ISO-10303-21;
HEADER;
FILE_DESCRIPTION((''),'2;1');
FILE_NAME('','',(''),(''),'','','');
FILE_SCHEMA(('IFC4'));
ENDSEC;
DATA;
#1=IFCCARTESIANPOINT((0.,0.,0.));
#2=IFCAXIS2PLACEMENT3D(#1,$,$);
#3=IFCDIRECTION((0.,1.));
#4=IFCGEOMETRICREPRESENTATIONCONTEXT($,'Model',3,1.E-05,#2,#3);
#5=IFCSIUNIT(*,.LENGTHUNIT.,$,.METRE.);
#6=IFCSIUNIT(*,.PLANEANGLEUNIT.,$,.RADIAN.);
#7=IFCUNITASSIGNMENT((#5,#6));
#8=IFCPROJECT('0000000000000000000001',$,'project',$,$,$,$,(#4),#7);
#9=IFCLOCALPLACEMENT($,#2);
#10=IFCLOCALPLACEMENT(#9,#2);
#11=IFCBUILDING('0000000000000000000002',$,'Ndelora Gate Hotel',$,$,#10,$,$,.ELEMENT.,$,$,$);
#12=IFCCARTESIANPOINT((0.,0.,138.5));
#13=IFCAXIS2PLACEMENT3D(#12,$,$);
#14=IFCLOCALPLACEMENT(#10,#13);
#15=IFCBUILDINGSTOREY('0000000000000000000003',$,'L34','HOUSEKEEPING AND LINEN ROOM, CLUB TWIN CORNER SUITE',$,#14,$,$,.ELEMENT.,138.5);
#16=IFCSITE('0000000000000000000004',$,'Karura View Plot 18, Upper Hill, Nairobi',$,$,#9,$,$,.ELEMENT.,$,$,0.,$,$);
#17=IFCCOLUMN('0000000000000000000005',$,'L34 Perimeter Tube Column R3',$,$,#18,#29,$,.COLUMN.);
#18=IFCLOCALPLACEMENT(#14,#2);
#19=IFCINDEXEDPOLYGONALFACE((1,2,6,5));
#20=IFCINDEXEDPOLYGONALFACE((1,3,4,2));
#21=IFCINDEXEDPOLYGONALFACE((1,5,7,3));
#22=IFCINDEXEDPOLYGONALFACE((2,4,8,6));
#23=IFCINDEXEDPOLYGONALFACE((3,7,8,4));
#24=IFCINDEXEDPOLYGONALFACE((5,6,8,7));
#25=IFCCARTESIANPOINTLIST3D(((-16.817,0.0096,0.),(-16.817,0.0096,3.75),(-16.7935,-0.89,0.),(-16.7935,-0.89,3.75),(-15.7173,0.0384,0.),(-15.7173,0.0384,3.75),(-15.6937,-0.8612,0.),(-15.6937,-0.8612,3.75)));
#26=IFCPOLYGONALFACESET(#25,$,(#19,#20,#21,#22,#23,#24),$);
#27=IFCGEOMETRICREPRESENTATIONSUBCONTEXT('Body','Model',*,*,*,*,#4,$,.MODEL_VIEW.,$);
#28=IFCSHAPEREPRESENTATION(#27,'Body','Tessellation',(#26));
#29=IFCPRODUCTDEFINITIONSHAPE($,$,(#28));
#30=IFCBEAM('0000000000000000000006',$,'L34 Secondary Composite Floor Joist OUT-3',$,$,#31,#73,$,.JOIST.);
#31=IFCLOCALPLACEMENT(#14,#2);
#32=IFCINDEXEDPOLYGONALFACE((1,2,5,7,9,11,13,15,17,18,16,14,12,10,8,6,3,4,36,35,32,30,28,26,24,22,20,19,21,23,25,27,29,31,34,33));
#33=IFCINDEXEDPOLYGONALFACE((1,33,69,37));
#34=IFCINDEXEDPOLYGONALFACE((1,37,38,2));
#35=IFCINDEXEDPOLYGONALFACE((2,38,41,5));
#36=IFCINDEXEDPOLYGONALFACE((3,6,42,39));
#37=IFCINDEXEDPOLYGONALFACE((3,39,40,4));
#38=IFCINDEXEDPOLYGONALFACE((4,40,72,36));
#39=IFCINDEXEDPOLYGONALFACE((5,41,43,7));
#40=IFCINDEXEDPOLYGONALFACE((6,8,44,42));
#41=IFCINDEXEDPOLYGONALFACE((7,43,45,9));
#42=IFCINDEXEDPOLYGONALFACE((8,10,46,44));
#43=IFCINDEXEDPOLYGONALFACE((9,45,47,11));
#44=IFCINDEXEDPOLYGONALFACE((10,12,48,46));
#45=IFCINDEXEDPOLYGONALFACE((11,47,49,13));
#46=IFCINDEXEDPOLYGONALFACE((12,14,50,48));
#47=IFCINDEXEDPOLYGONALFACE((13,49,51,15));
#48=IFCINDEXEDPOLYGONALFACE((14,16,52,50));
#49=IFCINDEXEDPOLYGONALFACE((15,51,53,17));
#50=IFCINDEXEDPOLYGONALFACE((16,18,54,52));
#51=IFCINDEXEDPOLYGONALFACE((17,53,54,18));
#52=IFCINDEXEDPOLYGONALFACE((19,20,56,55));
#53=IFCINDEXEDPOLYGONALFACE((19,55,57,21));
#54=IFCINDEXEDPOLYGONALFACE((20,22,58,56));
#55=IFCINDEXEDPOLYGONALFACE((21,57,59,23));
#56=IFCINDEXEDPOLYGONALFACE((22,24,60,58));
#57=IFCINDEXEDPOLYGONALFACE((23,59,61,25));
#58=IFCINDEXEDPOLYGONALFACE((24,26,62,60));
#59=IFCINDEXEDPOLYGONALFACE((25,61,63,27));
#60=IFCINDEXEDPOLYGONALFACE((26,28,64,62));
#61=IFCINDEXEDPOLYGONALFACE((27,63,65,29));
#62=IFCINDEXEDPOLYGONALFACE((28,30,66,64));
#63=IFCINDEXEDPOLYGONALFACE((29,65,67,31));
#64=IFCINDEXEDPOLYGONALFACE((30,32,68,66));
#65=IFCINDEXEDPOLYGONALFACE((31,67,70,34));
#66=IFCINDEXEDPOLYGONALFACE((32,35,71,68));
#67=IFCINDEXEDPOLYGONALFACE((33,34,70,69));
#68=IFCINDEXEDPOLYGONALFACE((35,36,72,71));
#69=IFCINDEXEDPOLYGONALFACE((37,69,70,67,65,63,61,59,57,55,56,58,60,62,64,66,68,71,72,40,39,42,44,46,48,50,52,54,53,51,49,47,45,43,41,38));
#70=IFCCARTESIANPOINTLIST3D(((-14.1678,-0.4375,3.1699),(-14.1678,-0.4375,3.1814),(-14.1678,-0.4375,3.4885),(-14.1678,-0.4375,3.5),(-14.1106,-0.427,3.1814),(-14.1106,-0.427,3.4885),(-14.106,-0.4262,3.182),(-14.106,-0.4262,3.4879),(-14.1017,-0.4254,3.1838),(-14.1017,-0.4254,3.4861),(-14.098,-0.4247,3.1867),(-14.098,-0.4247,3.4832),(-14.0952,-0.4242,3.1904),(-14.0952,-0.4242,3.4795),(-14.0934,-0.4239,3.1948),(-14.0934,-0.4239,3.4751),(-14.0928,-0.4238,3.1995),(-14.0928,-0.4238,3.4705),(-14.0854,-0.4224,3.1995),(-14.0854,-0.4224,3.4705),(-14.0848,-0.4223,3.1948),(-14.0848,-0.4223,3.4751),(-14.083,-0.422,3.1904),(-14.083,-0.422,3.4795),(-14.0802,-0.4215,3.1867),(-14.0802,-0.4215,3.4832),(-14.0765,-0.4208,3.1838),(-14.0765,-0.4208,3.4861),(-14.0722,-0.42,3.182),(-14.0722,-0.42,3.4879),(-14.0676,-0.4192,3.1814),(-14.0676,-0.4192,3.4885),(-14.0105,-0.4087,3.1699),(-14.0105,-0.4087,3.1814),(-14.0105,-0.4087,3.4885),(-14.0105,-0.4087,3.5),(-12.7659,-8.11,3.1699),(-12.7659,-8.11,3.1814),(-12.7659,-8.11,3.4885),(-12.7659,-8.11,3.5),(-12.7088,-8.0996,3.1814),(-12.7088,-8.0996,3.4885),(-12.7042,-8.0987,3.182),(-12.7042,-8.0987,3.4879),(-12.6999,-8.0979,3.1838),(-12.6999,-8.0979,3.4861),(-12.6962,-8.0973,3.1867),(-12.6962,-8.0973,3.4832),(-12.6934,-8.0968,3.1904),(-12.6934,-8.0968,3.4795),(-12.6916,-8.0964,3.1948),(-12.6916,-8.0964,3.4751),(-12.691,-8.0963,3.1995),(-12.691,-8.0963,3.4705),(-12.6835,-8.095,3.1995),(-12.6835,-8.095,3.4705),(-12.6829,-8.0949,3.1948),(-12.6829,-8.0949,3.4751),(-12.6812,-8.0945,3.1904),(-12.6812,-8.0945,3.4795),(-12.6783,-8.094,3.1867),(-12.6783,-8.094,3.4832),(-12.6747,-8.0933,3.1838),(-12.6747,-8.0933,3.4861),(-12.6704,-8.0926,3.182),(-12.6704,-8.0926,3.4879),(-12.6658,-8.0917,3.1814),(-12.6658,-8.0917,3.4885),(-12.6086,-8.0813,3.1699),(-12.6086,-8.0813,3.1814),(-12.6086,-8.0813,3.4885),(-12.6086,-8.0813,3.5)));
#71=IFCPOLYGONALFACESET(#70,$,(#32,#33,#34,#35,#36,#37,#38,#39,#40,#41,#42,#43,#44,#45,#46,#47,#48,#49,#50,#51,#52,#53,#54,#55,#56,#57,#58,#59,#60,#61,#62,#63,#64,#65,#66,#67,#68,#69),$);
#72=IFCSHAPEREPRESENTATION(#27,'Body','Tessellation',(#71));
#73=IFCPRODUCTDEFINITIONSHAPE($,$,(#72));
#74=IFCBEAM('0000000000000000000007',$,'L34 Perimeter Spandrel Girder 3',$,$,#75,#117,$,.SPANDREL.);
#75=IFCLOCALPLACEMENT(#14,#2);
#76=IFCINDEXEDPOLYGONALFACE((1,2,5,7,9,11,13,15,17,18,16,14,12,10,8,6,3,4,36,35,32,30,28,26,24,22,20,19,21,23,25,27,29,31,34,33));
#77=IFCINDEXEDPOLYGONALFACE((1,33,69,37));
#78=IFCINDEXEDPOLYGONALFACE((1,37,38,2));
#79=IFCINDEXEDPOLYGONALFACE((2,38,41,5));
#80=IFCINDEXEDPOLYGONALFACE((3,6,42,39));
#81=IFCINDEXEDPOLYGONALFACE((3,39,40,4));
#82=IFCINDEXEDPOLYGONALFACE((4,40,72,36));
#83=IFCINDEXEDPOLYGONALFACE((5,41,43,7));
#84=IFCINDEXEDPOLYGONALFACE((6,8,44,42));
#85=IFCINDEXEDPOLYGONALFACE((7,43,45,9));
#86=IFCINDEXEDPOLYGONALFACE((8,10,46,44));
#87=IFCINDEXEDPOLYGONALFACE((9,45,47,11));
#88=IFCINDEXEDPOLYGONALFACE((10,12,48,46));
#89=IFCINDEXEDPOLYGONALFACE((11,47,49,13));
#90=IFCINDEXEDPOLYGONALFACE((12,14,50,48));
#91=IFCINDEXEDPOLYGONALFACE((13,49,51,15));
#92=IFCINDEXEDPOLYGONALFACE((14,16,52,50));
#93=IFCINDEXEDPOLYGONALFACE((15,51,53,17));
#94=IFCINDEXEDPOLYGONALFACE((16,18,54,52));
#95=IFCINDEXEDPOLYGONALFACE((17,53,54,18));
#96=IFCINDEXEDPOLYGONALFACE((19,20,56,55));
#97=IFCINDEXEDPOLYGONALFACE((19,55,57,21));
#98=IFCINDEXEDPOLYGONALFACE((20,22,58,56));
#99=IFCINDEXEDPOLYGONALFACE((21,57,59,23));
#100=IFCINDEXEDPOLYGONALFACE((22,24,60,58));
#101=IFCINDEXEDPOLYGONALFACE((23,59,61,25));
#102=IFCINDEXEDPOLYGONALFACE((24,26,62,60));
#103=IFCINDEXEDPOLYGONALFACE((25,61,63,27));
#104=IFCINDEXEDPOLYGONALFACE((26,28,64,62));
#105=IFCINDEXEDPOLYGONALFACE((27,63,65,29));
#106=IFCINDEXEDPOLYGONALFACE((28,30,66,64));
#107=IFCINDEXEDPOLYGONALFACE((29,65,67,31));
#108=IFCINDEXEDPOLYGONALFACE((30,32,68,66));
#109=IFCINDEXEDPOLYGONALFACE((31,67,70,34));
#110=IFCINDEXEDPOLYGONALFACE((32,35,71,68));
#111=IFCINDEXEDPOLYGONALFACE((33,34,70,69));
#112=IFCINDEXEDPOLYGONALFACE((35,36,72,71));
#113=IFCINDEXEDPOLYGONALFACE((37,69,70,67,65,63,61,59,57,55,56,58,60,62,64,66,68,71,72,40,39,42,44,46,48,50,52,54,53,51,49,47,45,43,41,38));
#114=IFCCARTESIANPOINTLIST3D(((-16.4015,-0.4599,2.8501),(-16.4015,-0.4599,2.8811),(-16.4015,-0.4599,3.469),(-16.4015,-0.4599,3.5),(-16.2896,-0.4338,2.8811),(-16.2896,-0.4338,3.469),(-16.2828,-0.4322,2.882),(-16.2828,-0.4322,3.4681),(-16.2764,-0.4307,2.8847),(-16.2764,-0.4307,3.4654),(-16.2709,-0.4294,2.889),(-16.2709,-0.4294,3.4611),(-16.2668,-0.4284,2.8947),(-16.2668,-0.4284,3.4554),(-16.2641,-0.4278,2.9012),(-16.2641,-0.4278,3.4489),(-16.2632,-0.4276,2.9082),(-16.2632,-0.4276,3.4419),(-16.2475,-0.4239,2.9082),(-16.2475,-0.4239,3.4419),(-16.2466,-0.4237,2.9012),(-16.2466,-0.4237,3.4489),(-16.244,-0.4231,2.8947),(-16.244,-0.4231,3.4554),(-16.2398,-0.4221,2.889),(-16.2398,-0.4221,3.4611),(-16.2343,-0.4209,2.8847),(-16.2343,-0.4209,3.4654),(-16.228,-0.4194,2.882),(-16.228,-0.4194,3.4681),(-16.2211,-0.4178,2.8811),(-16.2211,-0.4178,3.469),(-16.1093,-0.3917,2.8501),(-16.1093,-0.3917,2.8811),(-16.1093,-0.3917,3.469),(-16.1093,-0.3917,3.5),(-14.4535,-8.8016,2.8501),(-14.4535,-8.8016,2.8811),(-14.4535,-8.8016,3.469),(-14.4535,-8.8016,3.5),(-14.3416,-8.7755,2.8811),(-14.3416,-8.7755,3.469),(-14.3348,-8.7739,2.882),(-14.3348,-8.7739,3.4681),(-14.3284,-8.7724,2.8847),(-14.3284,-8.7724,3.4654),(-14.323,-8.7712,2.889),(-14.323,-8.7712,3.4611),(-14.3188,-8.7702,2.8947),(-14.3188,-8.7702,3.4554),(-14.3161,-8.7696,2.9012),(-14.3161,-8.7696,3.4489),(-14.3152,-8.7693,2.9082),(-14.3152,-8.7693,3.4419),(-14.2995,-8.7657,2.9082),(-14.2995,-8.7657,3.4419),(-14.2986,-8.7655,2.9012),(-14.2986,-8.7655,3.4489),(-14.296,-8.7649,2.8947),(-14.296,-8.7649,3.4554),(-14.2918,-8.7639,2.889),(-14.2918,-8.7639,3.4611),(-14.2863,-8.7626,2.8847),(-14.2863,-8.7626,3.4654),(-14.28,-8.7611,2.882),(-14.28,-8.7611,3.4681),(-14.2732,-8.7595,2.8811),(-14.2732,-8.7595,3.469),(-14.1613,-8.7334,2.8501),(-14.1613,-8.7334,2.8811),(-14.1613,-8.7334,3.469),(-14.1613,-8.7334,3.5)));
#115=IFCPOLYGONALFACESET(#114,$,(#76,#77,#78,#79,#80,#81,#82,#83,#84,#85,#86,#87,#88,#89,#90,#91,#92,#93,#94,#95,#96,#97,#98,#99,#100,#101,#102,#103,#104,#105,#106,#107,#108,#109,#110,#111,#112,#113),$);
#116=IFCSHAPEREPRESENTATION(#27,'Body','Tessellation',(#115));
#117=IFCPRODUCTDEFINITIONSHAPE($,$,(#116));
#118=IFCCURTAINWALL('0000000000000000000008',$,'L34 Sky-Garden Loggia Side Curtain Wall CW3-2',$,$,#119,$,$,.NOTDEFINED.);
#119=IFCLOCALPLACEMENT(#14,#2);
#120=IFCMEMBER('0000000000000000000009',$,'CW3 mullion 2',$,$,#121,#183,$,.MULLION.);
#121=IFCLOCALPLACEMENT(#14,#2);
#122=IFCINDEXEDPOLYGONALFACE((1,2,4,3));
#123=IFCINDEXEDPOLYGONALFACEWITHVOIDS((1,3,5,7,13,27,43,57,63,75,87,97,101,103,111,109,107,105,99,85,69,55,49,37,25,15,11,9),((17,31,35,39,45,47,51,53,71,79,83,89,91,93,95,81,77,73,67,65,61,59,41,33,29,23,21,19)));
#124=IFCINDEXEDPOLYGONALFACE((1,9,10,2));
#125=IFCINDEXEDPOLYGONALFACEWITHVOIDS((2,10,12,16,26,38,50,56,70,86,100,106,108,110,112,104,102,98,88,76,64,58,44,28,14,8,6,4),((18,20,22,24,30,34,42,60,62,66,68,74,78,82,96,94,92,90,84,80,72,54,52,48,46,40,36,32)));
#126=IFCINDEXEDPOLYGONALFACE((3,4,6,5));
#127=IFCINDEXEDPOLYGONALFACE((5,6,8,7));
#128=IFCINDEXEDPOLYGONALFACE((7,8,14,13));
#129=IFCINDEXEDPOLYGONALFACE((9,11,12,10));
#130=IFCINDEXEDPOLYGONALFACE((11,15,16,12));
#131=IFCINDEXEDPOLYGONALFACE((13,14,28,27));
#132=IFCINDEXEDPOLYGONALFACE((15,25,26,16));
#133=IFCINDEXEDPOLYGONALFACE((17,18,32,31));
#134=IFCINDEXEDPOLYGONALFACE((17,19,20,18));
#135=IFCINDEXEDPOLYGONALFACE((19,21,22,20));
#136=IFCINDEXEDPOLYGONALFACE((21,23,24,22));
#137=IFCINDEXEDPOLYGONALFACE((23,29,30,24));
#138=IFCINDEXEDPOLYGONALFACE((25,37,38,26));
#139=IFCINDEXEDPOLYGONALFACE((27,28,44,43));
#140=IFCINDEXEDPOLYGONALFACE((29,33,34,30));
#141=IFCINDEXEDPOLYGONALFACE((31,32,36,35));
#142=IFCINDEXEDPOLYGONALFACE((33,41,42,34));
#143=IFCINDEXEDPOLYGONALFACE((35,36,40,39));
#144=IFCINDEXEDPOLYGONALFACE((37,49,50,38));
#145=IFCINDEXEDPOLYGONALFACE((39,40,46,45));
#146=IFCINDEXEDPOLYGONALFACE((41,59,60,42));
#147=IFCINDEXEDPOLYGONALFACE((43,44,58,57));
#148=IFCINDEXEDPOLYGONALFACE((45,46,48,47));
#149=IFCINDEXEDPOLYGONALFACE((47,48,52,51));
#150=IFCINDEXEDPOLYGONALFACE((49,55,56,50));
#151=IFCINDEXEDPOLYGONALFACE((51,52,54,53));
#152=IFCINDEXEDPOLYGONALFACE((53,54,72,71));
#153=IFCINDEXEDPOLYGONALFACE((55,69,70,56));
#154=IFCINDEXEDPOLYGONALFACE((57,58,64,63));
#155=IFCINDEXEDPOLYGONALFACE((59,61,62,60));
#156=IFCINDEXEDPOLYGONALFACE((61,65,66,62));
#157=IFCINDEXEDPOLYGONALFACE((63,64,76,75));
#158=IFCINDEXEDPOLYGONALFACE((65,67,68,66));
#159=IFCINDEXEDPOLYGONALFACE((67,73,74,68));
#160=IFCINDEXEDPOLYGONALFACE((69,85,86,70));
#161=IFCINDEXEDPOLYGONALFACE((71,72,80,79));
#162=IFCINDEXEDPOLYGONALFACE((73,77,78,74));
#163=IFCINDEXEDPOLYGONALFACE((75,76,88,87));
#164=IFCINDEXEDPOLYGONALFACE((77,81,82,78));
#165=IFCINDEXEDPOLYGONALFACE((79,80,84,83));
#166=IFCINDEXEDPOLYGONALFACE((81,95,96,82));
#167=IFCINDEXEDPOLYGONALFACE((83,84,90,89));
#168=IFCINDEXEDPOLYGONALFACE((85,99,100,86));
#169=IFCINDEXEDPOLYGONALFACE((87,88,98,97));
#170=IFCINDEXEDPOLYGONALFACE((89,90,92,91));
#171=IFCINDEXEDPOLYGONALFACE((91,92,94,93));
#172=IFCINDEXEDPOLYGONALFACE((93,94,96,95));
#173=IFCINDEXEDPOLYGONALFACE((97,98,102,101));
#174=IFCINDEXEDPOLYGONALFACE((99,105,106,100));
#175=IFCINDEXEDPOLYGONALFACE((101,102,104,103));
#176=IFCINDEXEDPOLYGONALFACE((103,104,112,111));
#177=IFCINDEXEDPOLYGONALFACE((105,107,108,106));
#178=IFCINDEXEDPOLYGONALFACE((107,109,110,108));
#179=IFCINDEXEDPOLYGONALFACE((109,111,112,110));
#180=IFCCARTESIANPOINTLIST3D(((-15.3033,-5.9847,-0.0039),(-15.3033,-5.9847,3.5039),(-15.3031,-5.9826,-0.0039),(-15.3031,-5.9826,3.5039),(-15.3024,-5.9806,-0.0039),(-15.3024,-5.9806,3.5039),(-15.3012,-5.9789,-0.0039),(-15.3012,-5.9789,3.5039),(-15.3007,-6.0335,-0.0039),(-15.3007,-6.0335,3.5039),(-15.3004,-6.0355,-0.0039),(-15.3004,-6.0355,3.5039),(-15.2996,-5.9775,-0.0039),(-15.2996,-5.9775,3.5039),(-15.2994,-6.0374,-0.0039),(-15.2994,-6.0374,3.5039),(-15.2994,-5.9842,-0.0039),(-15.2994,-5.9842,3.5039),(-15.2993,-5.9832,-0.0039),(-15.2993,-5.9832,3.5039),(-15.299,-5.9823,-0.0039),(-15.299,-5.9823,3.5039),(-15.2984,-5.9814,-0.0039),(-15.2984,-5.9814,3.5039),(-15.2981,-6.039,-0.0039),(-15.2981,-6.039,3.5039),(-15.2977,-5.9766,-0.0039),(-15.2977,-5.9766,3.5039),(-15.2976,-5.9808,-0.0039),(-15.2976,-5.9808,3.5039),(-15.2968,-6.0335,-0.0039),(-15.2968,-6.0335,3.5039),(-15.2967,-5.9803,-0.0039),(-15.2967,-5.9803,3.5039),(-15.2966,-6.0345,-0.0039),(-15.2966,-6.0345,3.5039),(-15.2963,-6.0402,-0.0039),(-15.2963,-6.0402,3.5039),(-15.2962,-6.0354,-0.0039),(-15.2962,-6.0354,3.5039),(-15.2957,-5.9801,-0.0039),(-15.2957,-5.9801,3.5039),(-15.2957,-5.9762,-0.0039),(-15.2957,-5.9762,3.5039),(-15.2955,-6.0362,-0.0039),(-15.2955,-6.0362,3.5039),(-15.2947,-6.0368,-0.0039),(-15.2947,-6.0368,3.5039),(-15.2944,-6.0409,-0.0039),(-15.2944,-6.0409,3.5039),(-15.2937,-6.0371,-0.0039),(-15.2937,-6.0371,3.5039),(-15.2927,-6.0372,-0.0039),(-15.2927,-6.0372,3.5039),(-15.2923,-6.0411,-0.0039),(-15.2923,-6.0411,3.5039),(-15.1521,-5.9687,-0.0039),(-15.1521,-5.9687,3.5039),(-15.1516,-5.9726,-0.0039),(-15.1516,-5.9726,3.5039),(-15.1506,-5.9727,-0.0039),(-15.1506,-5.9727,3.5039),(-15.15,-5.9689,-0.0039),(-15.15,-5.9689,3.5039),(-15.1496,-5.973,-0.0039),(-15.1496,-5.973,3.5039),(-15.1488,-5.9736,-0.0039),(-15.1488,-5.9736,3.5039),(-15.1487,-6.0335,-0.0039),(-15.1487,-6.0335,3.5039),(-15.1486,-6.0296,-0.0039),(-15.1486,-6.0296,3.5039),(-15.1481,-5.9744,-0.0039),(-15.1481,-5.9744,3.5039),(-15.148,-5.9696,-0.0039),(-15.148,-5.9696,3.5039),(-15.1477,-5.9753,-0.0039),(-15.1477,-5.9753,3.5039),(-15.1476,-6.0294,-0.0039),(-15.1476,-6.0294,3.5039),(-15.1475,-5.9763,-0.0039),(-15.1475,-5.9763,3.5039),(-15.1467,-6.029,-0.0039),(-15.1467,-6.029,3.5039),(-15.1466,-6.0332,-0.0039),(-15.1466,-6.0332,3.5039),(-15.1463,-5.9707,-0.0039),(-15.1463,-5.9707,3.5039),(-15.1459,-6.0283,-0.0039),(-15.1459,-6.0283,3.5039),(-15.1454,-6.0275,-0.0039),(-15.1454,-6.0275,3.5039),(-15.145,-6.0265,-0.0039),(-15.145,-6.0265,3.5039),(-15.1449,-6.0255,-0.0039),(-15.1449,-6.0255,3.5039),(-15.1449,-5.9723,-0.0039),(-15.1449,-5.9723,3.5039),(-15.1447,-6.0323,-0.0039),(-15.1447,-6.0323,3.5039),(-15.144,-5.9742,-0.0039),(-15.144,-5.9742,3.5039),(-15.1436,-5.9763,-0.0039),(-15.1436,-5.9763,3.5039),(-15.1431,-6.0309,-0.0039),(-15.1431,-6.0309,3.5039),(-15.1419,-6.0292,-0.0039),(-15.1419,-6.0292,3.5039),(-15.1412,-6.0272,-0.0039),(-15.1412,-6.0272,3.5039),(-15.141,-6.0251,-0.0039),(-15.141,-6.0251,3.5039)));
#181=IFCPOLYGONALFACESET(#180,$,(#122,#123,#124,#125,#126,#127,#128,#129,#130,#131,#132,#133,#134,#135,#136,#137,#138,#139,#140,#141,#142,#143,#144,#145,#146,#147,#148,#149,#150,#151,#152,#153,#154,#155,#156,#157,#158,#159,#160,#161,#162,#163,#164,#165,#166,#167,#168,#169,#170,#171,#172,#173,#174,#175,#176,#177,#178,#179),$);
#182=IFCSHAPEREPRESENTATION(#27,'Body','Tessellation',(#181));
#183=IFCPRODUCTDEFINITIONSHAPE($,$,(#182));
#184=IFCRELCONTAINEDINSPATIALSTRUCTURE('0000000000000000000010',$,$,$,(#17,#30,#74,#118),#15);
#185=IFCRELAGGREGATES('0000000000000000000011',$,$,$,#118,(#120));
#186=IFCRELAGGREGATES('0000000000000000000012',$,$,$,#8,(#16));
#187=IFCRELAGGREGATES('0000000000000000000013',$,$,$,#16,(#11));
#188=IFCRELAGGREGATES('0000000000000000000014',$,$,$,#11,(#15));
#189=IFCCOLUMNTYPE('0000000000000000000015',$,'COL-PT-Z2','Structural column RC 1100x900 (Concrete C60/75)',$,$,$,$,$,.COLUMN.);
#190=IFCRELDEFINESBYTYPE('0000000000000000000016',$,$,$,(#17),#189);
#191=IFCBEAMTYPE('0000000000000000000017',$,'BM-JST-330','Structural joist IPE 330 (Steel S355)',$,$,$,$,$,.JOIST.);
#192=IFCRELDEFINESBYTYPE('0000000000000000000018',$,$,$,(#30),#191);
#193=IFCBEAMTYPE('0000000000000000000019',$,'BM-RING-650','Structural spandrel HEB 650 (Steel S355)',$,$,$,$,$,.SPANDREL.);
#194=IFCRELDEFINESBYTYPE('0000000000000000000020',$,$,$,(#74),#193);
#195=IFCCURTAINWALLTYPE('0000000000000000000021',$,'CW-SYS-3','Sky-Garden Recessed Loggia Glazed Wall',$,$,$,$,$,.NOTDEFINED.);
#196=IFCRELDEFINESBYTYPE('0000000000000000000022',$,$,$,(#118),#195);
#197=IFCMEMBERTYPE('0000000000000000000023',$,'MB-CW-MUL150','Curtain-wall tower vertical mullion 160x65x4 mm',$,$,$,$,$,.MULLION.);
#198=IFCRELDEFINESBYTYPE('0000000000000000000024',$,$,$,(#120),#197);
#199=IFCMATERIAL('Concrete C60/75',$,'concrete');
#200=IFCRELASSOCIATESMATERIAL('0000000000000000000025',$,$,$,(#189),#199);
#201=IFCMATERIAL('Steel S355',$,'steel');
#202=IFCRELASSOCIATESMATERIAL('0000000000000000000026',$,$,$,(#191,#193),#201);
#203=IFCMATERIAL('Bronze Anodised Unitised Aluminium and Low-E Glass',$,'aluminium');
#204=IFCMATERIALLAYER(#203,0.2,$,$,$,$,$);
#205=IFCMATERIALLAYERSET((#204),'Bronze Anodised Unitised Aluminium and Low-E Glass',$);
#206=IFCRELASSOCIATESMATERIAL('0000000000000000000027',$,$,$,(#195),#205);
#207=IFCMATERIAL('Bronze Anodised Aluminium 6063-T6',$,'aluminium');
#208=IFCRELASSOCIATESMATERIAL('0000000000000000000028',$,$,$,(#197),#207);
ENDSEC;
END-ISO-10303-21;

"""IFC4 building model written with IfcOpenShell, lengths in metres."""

from ifc_helpers import new_model, si_unit, direction, frame, origin, origin_2d, place, context, subcontext, project, spatial, rectangle, hollow_rectangle, i_section, extrude, material, layer, layer_set, material_profile, profile_set, type_object, element, aggregate, save


model = new_model("IFC4")

# Units and contexts
model_context = context("Model", 3, precision=1e-05, world=origin(), true_north=direction((0.0, 1.0)))
body_context = subcontext(model_context, "Body", "Model", "MODEL_VIEW")
ifc_project = project(units=[si_unit("LENGTHUNIT", "METRE"), si_unit("PLANEANGLEUNIT", "RADIAN")], contexts=[model_context])

# Site, building, storey
site_placement = place(None, origin())
site = spatial("IfcSite", under=ifc_project, at=site_placement, Name="Karura View Plot 18, Upper Hill, Nairobi", CompositionType="ELEMENT", RefElevation=0.0)
building_placement = place(site_placement, origin())
building = spatial("IfcBuilding", under=site, at=building_placement, Name="Ndelora Gate Hotel", CompositionType="ELEMENT")
storey_placement = place(building_placement, frame((0.0, 0.0, 138.5)))
storey = spatial("IfcBuildingStorey", under=building, at=storey_placement, Name="L34", Description="HOUSEKEEPING AND LINEN ROOM, CLUB TWIN CORNER SUITE", CompositionType="ELEMENT", Elevation=138.5)

# Column
ifc_material_1 = material(Name="Concrete C60/75", Category="concrete")
ifc_material_profile_1 = material_profile(ifc_material_1, rectangle(XDim=0.8999, YDim=1.1001, at=origin_2d()), Name="RC 1100x900")
ifc_profile_set_1 = profile_set([ifc_material_profile_1], Name="Concrete C60/75")
column_type = type_object("IfcColumnType", Name="COL-PT-Z2", Description="Structural column RC 1100x900 (Concrete C60/75)", PredefinedType="COLUMN", material=ifc_profile_set_1)
column_placement = place(storey_placement, frame((-16.2554, -0.4258, 0.0), z_axis=(0.0, 0.0, 1.0), x_axis=(-0.026177, 0.999657, 0.0)))
element("IfcColumn", 1, at=column_placement, inside=storey, type_object=column_type, Name="L34 Perimeter Tube Column R3", PredefinedType="COLUMN", context=body_context, shape_type="SweptSolid", body=[
    extrude(rectangle(XDim=0.8999, YDim=1.1001, at=origin_2d()), origin(), (0.0, 0.0, 1.0), 3.75),
])

# Beams
ifc_material_2 = material(Name="Steel S355", Category="steel")
ifc_material_profile_2 = material_profile(ifc_material_2, i_section(OverallWidth=0.1599, OverallDepth=0.3301, WebThickness=0.0076, FlangeThickness=0.0115, FilletRadius=0.0181, at=origin_2d()), Name="IPE 330")
ifc_profile_set_2 = profile_set([ifc_material_profile_2], Name="Steel S355")
beam_type_1 = type_object("IfcBeamType", Name="BM-JST-330", Description="Structural joist IPE 330 (Steel S355)", PredefinedType="JOIST", material=ifc_profile_set_2)
beam_1_placement = place(storey_placement, frame((-14.0891, -0.4231, 3.335), z_axis=(0.179734, -0.983715, 0.0), x_axis=(0.983715, 0.179734, 0.0)))
element("IfcBeam", 2, at=beam_1_placement, inside=storey, type_object=beam_type_1, Name="L34 Secondary Composite Floor Joist OUT-3", PredefinedType="JOIST", context=body_context, shape_type="SweptSolid", body=[
    extrude(i_section(OverallWidth=0.1599, OverallDepth=0.3301, WebThickness=0.0076, FlangeThickness=0.0115, FilletRadius=0.0181, at=origin_2d()), origin(), (0.0, 0.0, 1.0), 7.7996),
])
ifc_material_profile_3 = material_profile(ifc_material_2, i_section(OverallWidth=0.3, OverallDepth=0.6499, WebThickness=0.0161, FlangeThickness=0.031, FilletRadius=0.0271, at=origin_2d()), Name="HEB 650")
ifc_profile_set_3 = profile_set([ifc_material_profile_3], Name="Steel S355")
beam_type_2 = type_object("IfcBeamType", Name="BM-RING-650", Description="Structural spandrel HEB 650 (Steel S355)", PredefinedType="SPANDREL", material=ifc_profile_set_3)
beam_2_placement = place(storey_placement, frame((-16.2554, -0.4258, 3.175), z_axis=(0.227404, -0.9738, 0.0), x_axis=(0.9738, 0.227404, 0.0)))
element("IfcBeam", 3, at=beam_2_placement, inside=storey, type_object=beam_type_2, Name="L34 Perimeter Spandrel Girder 3", PredefinedType="SPANDREL", context=body_context, shape_type="SweptSolid", body=[
    extrude(i_section(OverallWidth=0.3, OverallDepth=0.6499, WebThickness=0.0161, FlangeThickness=0.031, FilletRadius=0.0271, at=origin_2d()), origin(), (0.0, 0.0, 1.0), 8.5662),
])

# Curtain wall, member
ifc_material_3 = material(Name="Bronze Anodised Unitised Aluminium and Low-E Glass", Category="aluminium")
ifc_layer_1 = layer(ifc_material_3, 0.2)
ifc_layer_set_1 = layer_set([ifc_layer_1], Name="Bronze Anodised Unitised Aluminium and Low-E Glass")
curtain_wall_type = type_object("IfcCurtainWallType", Name="CW-SYS-3", Description="Sky-Garden Recessed Loggia Glazed Wall", PredefinedType="NOTDEFINED", material=ifc_layer_set_1)
curtain_wall_placement = place(storey_placement, origin())
curtain_wall = element("IfcCurtainWall", 4, at=curtain_wall_placement, inside=storey, type_object=curtain_wall_type, Name="L34 Sky-Garden Loggia Side Curtain Wall CW3-2", PredefinedType="NOTDEFINED")
ifc_material_4 = material(Name="Bronze Anodised Aluminium 6063-T6", Category="aluminium")
ifc_material_profile_4 = material_profile(ifc_material_4, hollow_rectangle(XDim=0.0649, YDim=0.1599, WallThickness=0.0039, InnerFilletRadius=0.0039, OuterFilletRadius=0.0081, at=origin_2d()), Name="ALU 160x65x4")
ifc_profile_set_4 = profile_set([ifc_material_profile_4], Name="Bronze Anodised Aluminium 6063-T6")
member_type_1 = type_object("IfcMemberType", Name="MB-CW-MUL150", Description="Curtain-wall tower vertical mullion 160x65x4 mm", PredefinedType="MULLION", material=ifc_profile_set_4)
member_1_placement = place(storey_placement, frame((-15.2222, -6.0049, -0.0039), z_axis=(0.0, 0.0, 1.0), x_axis=(-0.052363, 0.998628, 0.0)))
member_1 = element("IfcMember", 5, at=member_1_placement, type_object=member_type_1, Name="CW3 mullion 2", PredefinedType="MULLION", context=body_context, shape_type="SweptSolid", body=[
    extrude(hollow_rectangle(XDim=0.0649, YDim=0.1599, WallThickness=0.0039, InnerFilletRadius=0.0039, OuterFilletRadius=0.0081, at=origin_2d()), origin(), (0.0, 0.0, 1.0), 3.5078),
])
aggregate(curtain_wall, [member_1])

save(model, "model.ifc")
